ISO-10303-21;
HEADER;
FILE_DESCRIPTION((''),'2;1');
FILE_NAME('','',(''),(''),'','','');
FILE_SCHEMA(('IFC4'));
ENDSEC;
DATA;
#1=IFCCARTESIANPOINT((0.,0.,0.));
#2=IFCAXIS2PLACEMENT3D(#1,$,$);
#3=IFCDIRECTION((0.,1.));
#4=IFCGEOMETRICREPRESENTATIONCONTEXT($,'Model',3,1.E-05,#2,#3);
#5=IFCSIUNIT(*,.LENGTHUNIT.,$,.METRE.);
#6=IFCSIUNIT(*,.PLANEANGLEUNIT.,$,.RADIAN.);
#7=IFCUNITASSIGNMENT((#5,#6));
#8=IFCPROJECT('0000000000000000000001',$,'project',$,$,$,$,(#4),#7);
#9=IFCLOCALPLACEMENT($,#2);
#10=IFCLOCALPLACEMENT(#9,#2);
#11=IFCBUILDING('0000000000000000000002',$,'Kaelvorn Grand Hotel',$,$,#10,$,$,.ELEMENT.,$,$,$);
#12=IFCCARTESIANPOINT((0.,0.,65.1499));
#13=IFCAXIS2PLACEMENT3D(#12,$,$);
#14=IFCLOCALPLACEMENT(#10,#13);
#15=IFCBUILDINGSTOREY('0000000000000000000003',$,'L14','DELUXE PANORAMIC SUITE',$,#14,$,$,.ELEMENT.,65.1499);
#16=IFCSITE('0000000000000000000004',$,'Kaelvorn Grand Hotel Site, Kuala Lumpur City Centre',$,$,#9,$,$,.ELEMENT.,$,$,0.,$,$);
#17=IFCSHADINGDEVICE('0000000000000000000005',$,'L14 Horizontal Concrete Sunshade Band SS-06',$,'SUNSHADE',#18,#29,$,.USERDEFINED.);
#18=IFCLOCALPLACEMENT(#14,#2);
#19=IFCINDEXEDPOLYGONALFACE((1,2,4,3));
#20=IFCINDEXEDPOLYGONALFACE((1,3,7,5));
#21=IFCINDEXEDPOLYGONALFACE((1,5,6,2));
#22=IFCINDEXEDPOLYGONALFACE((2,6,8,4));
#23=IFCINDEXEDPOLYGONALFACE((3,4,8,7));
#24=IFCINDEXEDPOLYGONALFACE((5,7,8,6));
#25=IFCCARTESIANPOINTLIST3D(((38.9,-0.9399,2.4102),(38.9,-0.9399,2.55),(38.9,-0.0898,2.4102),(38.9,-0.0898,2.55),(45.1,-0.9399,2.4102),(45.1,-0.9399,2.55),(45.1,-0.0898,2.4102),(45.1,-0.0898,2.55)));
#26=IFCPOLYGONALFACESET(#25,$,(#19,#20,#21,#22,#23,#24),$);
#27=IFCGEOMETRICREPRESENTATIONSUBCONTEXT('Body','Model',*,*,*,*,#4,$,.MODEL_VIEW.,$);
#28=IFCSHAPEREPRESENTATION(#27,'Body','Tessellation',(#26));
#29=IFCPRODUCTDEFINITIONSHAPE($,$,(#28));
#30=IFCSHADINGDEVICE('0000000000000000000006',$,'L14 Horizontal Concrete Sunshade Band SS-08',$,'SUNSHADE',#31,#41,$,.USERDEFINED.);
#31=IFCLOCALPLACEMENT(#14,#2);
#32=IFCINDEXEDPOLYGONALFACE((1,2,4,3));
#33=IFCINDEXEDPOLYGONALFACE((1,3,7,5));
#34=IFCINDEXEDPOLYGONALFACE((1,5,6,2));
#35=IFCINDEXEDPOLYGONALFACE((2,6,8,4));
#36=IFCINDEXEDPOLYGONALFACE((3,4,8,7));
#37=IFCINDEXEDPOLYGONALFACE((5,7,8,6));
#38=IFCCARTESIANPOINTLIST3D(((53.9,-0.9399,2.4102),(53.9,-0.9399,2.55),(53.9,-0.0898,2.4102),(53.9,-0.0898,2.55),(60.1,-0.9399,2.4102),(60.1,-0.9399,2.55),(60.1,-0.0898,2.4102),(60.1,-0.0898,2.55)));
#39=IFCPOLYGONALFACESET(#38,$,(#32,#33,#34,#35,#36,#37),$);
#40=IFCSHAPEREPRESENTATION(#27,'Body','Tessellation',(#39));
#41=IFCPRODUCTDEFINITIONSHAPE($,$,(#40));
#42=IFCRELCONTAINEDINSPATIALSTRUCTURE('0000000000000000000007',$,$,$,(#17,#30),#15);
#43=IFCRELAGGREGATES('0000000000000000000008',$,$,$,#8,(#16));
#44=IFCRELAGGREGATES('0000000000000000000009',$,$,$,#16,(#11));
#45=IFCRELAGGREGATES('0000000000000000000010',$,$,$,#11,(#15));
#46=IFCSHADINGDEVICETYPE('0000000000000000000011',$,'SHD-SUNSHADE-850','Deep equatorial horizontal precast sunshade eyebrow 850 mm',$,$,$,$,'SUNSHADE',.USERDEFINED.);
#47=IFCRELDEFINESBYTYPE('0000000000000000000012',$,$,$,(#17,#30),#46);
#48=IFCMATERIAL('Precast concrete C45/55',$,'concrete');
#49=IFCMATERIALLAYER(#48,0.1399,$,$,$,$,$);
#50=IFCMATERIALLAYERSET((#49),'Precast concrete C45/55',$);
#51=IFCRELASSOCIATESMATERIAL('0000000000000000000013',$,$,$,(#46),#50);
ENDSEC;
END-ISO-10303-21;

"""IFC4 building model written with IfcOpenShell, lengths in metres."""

from ifc_helpers import new_model, si_unit, direction, frame, origin, origin_2d, place, context, subcontext, project, spatial, rectangle, extrude, material, layer, layer_set, type_object, element, save


model = new_model("IFC4")

# Units and contexts
model_context = context("Model", 3, precision=1e-05, world=origin(), true_north=direction((0.0, 1.0)))
body_context = subcontext(model_context, "Body", "Model", "MODEL_VIEW")
ifc_project = project(units=[si_unit("LENGTHUNIT", "METRE"), si_unit("PLANEANGLEUNIT", "RADIAN")], contexts=[model_context])

# Site, building, storey
site_placement = place(None, origin())
site = spatial("IfcSite", under=ifc_project, at=site_placement, Name="Kaelvorn Grand Hotel Site, Kuala Lumpur City Centre", CompositionType="ELEMENT", RefElevation=0.0)
building_placement = place(site_placement, origin())
building = spatial("IfcBuilding", under=site, at=building_placement, Name="Kaelvorn Grand Hotel", CompositionType="ELEMENT")
storey_placement = place(building_placement, frame((0.0, 0.0, 65.1499)))
storey = spatial("IfcBuildingStorey", under=building, at=storey_placement, Name="L14", Description="DELUXE PANORAMIC SUITE", CompositionType="ELEMENT", Elevation=65.1499)

# Shading devices
ifc_material_1 = material(Name="Precast concrete C45/55", Category="concrete")
ifc_layer_1 = layer(ifc_material_1, 0.1399)
ifc_layer_set_1 = layer_set([ifc_layer_1], Name="Precast concrete C45/55")
shading_device_type_1 = type_object("IfcShadingDeviceType", Name="SHD-SUNSHADE-850", Description="Deep equatorial horizontal precast sunshade eyebrow 850 mm", ElementType="SUNSHADE", PredefinedType="USERDEFINED", material=ifc_layer_set_1)
for number, where, z_axis, x_axis, name in (
    (1, (42.0, -0.5149, 2.4102), (0.0, 0.0, 1.0), (1.0, 0.0, 0.0), "L14 Horizontal Concrete Sunshade Band SS-06"),
    (2, (57.0, -0.5149, 2.4102), (0.0, 0.0, 1.0), (1.0, 0.0, 0.0), "L14 Horizontal Concrete Sunshade Band SS-08"),
):
    element("IfcShadingDevice", number, at=place(storey_placement, frame(where, z_axis=z_axis, x_axis=x_axis)), inside=storey, type_object=shading_device_type_1, Name=name, ObjectType="SUNSHADE", PredefinedType="USERDEFINED", context=body_context, shape_type="SweptSolid", body=[
        extrude(rectangle(XDim=6.2, YDim=0.8501, at=origin_2d()), origin(), (0.0, 0.0, 1.0), 0.1399),
    ])

save(model, "model.ifc")
